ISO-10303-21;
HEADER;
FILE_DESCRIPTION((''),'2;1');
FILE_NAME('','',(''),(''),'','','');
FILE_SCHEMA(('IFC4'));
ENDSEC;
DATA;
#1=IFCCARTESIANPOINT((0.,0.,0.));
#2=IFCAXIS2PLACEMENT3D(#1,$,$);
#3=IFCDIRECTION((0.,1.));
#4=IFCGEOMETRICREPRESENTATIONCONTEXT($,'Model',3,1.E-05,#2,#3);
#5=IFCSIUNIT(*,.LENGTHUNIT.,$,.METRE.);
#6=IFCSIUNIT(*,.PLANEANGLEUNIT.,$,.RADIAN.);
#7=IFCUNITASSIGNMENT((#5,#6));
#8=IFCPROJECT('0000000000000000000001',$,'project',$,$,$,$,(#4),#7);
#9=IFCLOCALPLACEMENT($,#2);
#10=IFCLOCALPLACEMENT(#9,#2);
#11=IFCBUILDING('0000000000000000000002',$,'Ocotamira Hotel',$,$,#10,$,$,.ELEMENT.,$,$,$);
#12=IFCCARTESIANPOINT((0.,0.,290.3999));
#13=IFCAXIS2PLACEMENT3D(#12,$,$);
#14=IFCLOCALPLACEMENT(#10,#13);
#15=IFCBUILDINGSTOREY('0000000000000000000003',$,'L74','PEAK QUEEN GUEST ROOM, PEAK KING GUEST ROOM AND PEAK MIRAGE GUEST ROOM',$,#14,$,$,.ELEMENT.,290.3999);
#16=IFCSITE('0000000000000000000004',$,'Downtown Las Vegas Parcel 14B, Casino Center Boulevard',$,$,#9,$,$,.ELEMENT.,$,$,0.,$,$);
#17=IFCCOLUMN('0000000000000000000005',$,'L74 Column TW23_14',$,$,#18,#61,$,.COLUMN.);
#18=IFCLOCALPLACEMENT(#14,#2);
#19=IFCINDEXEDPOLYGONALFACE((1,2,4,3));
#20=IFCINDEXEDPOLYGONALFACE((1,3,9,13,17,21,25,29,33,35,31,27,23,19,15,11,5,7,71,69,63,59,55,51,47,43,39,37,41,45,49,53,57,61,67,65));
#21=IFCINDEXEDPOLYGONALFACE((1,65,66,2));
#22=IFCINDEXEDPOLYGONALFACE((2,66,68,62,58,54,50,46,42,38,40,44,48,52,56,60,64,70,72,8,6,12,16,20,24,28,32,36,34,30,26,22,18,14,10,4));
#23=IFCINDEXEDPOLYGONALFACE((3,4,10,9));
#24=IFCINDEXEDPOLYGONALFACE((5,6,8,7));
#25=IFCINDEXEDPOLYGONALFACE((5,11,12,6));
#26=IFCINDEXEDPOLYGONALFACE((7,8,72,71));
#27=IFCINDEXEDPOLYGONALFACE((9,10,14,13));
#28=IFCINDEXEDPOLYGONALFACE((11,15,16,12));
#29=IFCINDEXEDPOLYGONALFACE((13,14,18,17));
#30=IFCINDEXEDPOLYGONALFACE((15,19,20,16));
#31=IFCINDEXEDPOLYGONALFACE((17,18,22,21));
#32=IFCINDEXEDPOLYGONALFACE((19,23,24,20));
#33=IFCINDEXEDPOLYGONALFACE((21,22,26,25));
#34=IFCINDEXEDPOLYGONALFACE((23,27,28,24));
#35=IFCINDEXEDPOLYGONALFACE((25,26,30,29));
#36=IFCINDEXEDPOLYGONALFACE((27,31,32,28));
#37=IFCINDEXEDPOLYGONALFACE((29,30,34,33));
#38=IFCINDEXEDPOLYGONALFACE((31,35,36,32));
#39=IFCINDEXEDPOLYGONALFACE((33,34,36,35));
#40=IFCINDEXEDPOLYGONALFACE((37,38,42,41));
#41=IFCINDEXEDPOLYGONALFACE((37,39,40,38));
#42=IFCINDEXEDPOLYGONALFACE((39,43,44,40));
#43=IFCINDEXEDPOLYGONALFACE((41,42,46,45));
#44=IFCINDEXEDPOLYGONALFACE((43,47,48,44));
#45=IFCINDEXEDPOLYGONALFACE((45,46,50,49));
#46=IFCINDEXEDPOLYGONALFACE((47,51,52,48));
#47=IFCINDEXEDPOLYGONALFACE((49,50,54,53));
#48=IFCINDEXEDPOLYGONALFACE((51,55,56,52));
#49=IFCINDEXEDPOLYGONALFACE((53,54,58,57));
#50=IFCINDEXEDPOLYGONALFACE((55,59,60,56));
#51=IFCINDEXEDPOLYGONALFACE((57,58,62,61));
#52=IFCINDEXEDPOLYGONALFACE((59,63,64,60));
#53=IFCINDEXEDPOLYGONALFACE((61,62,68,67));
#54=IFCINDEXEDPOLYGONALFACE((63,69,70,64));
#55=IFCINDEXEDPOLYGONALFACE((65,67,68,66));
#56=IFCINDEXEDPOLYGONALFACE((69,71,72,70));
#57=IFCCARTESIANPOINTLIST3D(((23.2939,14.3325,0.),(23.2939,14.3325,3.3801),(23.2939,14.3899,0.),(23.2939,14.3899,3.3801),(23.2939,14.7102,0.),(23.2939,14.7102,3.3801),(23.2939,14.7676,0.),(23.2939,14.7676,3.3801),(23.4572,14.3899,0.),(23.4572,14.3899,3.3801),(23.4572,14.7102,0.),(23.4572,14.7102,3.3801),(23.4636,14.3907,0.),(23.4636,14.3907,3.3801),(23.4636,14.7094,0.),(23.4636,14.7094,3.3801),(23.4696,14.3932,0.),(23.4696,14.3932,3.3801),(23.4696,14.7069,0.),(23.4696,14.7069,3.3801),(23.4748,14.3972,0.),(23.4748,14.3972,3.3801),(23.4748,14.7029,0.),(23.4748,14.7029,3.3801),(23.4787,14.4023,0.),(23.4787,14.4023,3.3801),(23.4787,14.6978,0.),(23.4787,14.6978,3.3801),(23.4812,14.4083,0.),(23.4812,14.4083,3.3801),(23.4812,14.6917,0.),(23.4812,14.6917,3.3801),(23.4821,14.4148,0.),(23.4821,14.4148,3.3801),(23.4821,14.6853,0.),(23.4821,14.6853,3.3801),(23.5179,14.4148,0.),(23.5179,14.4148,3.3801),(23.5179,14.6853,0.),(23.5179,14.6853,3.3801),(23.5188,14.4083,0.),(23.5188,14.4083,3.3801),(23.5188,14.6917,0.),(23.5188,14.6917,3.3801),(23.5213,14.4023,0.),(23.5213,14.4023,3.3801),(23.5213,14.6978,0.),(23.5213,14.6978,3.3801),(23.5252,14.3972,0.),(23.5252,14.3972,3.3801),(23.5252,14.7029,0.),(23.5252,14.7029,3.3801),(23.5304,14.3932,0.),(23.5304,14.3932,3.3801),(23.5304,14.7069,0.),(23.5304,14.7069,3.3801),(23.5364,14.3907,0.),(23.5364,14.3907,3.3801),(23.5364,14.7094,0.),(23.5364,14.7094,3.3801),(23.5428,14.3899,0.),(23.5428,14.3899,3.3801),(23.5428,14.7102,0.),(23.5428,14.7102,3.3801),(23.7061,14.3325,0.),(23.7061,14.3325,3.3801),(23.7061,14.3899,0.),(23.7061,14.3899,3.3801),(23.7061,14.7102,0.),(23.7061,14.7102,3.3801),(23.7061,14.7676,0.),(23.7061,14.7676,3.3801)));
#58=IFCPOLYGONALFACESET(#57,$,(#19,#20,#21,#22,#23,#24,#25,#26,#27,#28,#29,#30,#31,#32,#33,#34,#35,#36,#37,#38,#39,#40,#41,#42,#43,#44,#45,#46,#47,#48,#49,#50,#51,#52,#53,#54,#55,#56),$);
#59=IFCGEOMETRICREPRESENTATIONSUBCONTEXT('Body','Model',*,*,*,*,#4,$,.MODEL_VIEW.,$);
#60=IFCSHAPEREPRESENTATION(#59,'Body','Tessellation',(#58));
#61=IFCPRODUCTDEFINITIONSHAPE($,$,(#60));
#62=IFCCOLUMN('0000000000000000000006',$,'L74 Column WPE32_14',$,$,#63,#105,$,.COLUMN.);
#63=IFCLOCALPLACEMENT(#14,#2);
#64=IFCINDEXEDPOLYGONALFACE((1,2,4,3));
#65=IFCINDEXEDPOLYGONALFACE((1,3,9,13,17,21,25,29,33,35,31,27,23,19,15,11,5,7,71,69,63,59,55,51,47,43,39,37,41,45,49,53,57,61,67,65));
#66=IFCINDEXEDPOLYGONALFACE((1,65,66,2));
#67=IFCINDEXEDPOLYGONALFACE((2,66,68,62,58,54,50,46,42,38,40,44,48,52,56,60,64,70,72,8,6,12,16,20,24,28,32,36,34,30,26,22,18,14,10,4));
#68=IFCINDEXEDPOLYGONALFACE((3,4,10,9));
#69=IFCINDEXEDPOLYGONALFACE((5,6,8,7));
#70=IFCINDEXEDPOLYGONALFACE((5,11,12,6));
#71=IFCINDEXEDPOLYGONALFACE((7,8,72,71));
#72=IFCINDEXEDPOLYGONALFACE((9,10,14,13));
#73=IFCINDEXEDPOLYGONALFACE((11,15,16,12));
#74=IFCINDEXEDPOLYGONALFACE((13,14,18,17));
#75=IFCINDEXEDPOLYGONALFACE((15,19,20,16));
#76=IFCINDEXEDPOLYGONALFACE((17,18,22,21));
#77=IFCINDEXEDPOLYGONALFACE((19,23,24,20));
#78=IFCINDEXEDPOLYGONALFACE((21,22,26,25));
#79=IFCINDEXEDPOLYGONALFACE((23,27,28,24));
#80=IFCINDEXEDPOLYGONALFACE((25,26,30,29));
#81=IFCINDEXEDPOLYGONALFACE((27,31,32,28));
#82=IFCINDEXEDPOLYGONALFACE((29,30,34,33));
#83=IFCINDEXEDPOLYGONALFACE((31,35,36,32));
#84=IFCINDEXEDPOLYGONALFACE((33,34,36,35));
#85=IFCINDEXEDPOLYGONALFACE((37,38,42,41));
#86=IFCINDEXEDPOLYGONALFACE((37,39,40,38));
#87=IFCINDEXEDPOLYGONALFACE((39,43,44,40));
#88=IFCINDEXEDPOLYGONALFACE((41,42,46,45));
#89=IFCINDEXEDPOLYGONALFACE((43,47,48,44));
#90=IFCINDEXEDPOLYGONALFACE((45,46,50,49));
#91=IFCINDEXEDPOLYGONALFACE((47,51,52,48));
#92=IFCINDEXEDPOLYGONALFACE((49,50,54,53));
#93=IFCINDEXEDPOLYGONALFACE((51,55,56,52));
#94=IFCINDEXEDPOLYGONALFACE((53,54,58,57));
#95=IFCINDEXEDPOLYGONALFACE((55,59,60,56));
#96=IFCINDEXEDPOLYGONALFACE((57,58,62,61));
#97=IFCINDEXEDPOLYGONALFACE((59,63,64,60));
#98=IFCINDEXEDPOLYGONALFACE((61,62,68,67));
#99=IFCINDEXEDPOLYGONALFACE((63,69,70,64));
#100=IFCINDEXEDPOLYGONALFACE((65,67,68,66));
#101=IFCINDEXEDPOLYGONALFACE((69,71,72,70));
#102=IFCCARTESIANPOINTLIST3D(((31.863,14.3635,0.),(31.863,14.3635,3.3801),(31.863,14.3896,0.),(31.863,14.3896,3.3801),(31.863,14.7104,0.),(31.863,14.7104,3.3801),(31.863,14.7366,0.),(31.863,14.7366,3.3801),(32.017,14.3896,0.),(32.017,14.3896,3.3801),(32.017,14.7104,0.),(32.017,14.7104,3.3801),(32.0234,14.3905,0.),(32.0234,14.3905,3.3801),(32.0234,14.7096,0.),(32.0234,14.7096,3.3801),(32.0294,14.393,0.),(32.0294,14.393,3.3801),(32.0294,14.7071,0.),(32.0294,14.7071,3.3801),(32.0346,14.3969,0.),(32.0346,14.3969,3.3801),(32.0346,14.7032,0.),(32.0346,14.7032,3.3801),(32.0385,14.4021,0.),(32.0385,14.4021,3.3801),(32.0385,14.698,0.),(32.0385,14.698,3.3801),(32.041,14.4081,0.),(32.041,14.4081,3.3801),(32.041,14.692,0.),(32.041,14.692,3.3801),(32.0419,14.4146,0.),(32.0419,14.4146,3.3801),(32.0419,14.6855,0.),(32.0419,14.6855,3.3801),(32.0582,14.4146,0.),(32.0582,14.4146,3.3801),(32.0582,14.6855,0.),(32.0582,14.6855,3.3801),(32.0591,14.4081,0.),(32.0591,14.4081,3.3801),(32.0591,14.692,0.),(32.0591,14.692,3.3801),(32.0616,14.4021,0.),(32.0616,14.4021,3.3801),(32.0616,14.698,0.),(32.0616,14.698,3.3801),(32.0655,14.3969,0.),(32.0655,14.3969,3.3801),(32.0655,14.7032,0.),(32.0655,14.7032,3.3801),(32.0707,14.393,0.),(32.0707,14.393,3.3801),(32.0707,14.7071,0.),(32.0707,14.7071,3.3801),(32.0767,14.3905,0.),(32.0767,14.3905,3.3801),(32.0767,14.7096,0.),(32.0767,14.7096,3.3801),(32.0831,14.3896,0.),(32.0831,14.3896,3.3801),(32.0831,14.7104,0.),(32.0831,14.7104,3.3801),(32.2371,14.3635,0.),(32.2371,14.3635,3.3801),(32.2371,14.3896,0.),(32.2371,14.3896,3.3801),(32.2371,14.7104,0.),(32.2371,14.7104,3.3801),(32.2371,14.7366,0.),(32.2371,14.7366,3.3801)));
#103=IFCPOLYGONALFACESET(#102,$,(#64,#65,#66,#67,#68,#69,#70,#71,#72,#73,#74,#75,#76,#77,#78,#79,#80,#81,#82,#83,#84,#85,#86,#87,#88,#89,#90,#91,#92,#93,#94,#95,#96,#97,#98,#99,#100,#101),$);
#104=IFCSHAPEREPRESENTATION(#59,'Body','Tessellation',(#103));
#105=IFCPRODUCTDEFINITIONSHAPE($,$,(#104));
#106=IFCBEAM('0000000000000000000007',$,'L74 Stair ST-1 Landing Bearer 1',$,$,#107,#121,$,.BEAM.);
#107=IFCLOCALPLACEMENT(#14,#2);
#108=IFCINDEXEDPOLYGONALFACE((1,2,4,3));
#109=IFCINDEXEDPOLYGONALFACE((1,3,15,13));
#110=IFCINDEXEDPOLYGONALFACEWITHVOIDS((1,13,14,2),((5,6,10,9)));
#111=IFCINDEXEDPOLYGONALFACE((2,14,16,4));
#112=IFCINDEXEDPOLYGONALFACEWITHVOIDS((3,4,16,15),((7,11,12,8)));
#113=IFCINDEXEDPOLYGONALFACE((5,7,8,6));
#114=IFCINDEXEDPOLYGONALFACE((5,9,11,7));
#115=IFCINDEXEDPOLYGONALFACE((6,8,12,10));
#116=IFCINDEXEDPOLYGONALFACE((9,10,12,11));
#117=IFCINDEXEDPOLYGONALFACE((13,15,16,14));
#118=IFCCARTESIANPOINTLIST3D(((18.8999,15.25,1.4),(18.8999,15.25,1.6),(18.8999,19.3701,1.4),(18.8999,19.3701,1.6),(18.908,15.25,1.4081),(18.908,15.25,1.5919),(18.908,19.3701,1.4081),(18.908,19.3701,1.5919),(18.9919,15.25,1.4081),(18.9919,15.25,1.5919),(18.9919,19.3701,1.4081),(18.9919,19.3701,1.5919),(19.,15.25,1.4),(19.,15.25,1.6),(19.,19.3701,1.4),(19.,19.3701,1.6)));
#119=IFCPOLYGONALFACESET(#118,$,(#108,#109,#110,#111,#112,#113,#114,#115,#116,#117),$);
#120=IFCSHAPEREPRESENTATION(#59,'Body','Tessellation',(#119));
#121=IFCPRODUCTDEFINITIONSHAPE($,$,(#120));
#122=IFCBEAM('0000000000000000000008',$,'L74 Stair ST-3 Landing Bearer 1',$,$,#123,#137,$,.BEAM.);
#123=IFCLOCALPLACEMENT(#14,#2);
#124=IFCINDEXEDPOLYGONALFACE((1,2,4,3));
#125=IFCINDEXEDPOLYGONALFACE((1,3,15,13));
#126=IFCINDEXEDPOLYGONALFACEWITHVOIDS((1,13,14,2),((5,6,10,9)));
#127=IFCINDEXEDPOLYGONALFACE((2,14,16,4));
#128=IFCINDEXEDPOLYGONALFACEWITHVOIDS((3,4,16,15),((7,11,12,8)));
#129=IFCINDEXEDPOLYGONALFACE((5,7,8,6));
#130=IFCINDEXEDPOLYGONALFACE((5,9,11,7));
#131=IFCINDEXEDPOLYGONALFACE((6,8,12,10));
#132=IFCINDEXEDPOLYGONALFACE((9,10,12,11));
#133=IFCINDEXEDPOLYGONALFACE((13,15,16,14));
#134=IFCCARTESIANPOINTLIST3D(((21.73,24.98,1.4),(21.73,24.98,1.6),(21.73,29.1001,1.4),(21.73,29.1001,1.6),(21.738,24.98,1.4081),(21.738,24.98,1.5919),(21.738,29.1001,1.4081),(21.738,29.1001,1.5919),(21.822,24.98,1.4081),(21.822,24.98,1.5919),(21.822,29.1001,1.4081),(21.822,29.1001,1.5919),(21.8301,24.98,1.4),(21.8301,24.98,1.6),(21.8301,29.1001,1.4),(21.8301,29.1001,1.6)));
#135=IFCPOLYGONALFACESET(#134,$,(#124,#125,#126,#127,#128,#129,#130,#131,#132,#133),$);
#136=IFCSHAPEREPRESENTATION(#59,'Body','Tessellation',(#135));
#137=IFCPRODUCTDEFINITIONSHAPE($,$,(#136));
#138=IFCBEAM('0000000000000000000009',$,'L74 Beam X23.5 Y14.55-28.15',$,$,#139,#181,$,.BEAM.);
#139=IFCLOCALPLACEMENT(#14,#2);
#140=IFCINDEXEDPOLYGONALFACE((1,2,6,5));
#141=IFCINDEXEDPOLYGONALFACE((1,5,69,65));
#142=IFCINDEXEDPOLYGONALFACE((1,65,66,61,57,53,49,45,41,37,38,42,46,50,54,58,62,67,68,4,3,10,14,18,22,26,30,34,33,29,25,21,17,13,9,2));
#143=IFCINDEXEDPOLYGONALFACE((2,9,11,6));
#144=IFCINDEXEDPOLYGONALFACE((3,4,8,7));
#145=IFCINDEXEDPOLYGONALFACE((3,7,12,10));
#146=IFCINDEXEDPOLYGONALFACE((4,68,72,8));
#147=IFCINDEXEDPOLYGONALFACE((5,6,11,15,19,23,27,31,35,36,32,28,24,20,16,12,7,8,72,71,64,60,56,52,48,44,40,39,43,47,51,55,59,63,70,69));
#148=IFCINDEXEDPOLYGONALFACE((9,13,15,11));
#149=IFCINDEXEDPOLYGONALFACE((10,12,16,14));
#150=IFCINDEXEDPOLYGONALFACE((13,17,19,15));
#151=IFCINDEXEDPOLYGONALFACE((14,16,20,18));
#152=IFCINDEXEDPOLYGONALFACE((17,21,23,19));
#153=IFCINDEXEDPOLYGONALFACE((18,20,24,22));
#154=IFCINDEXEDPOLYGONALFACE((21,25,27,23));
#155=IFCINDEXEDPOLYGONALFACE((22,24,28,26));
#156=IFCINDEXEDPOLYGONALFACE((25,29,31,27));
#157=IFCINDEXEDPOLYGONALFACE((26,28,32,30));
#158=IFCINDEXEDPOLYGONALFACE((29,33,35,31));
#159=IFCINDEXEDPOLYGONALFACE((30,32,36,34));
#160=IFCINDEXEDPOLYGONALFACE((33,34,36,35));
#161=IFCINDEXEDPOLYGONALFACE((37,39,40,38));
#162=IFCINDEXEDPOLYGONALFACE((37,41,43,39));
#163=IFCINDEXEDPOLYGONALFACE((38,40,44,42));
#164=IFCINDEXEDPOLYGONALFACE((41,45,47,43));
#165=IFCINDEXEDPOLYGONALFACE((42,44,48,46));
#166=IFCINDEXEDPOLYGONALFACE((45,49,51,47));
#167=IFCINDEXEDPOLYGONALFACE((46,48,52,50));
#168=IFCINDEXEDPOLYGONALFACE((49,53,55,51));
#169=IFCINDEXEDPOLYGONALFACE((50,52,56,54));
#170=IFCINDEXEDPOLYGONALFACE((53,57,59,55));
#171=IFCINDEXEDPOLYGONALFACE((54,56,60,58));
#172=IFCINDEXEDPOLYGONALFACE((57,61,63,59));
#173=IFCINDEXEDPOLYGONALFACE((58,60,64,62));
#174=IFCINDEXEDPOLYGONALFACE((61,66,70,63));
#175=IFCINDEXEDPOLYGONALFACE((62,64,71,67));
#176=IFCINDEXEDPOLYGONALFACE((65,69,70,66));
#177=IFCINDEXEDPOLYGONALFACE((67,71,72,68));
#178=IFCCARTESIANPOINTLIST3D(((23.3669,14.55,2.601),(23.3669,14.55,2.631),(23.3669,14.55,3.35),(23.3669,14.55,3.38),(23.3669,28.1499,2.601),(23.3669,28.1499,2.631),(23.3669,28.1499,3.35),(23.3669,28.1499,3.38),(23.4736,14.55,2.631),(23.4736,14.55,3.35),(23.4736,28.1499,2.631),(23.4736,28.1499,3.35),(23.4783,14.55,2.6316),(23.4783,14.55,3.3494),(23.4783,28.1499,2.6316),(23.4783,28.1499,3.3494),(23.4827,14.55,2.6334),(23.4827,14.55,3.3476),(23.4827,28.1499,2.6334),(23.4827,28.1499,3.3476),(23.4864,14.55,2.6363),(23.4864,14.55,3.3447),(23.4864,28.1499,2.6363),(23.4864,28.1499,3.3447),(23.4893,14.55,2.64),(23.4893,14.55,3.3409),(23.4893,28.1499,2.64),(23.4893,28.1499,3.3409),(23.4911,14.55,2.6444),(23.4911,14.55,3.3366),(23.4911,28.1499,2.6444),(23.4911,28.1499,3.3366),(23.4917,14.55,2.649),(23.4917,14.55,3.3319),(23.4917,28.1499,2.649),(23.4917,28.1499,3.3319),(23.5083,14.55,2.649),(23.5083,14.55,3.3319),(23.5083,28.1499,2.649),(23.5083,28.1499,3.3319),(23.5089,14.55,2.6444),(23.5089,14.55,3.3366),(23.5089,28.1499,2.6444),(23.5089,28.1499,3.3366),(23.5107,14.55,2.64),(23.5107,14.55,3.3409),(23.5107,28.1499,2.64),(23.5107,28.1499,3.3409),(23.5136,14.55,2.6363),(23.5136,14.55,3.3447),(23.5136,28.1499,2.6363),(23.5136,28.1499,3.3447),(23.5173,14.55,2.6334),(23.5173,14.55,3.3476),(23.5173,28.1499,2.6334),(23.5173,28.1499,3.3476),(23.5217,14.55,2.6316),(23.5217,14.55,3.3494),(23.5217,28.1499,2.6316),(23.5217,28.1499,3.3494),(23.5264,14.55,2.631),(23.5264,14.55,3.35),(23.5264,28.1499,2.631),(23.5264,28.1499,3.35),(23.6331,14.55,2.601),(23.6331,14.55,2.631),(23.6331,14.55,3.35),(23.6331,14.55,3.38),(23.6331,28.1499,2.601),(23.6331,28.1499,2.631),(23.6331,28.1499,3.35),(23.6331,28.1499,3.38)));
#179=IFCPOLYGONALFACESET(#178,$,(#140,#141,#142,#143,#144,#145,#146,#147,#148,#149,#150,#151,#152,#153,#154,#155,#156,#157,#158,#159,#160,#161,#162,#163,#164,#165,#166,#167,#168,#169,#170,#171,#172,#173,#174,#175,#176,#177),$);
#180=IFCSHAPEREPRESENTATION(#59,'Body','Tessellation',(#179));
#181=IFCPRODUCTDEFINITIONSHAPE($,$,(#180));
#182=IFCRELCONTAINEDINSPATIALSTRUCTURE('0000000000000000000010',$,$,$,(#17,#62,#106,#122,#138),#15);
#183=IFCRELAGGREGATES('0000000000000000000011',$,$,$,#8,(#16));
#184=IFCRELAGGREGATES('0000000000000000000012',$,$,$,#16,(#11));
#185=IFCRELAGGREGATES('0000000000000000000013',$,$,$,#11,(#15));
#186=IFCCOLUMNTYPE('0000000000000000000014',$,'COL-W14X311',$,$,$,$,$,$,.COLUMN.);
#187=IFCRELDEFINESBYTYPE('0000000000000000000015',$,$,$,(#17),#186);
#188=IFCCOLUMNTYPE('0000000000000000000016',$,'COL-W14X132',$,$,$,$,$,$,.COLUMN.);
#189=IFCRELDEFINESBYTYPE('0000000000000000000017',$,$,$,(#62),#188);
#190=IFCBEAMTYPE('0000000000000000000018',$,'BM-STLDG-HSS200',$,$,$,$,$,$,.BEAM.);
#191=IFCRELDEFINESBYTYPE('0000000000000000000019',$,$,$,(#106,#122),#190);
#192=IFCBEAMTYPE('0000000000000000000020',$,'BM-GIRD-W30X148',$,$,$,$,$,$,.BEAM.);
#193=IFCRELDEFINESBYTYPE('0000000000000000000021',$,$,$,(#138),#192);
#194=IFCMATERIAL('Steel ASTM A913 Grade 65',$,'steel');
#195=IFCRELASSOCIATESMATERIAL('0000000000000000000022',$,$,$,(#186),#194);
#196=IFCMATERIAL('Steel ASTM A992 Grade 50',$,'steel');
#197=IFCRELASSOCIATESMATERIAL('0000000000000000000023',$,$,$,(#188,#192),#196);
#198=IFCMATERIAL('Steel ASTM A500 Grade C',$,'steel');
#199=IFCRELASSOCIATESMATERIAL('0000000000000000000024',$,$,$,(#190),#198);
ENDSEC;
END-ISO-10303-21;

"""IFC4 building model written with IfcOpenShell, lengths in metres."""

from ifc_helpers import new_model, si_unit, direction, frame, origin, origin_2d, place, context, subcontext, project, spatial, hollow_rectangle, i_section, extrude, source, transform, mapped, material, material_profile, profile_set, type_object, element, save


model = new_model("IFC4")

# Units and contexts
model_context = context("Model", 3, precision=1e-05, world=origin(), true_north=direction((0.0, 1.0)))
body_context = subcontext(model_context, "Body", "Model", "MODEL_VIEW")
ifc_project = project(units=[si_unit("LENGTHUNIT", "METRE"), si_unit("PLANEANGLEUNIT", "RADIAN")], contexts=[model_context])

# Site, building, storey
site_placement = place(None, origin())
site = spatial("IfcSite", under=ifc_project, at=site_placement, Name="Downtown Las Vegas Parcel 14B, Casino Center Boulevard", CompositionType="ELEMENT", RefElevation=0.0)
building_placement = place(site_placement, origin())
building = spatial("IfcBuilding", under=site, at=building_placement, Name="Ocotamira Hotel", CompositionType="ELEMENT")
storey_placement = place(building_placement, frame((0.0, 0.0, 290.3999)))
storey = spatial("IfcBuildingStorey", under=building, at=storey_placement, Name="L74", Description="PEAK QUEEN GUEST ROOM, PEAK KING GUEST ROOM AND PEAK MIRAGE GUEST ROOM", CompositionType="ELEMENT", Elevation=290.3999)

# Columns
ifc_material_1 = material(Name="Steel ASTM A913 Grade 65", Category="steel")
ifc_material_profile_1 = material_profile(ifc_material_1, i_section(OverallWidth=0.4121, OverallDepth=0.4351, WebThickness=0.0359, FlangeThickness=0.0574, FilletRadius=0.0249, at=origin_2d()), Name="W14X311")
ifc_profile_set_1 = profile_set([ifc_material_profile_1], Name="Steel ASTM A913 Grade 65")
column_type_1 = type_object("IfcColumnType", Name="COL-W14X311", PredefinedType="COLUMN", material=ifc_profile_set_1)
shared_shape_1 = source(origin(), body_context, "Body", "SweptSolid", [
    extrude(i_section(OverallWidth=0.4121, OverallDepth=0.4351, WebThickness=0.0359, FlangeThickness=0.0574, FilletRadius=0.0249, at=origin_2d()), origin(), (0.0, 0.0, 1.0), 3.3801),
])
column_1_placement = place(storey_placement, frame((23.5, 14.55, 0.0), z_axis=(0.0, 0.0, 1.0), x_axis=(1.0, 0.0, 0.0)))
element("IfcColumn", 1, at=column_1_placement, inside=storey, type_object=column_type_1, Name="L74 Column TW23_14", PredefinedType="COLUMN", context=body_context, shape_type="MappedRepresentation", body=[
    mapped(shared_shape_1, transform((0.0, 0.0, 0.0), scale=1.0)),
])
ifc_material_2 = material(Name="Steel ASTM A992 Grade 50", Category="steel")
ifc_material_profile_2 = material_profile(ifc_material_2, i_section(OverallWidth=0.374, OverallDepth=0.373, WebThickness=0.0164, FlangeThickness=0.0261, FilletRadius=0.0249, at=origin_2d()), Name="W14X132")
ifc_profile_set_2 = profile_set([ifc_material_profile_2], Name="Steel ASTM A992 Grade 50")
column_type_2 = type_object("IfcColumnType", Name="COL-W14X132", PredefinedType="COLUMN", material=ifc_profile_set_2)
shared_shape_2 = source(origin(), body_context, "Body", "SweptSolid", [
    extrude(i_section(OverallWidth=0.374, OverallDepth=0.373, WebThickness=0.0164, FlangeThickness=0.0261, FilletRadius=0.0249, at=origin_2d()), origin(), (0.0, 0.0, 1.0), 3.3801),
])
column_2_placement = place(storey_placement, frame((32.05, 14.55, 0.0), z_axis=(0.0, 0.0, 1.0), x_axis=(1.0, 0.0, 0.0)))
element("IfcColumn", 2, at=column_2_placement, inside=storey, type_object=column_type_2, Name="L74 Column WPE32_14", PredefinedType="COLUMN", context=body_context, shape_type="MappedRepresentation", body=[
    mapped(shared_shape_2, transform((0.0, 0.0, 0.0), scale=1.0)),
])

# Beams
ifc_material_3 = material(Name="Steel ASTM A500 Grade C", Category="steel")
ifc_material_profile_3 = material_profile(ifc_material_3, hollow_rectangle(XDim=0.1001, YDim=0.2, WallThickness=0.0081, at=origin_2d()), Name="HSS200X100X8")
ifc_profile_set_3 = profile_set([ifc_material_profile_3], Name="Steel ASTM A500 Grade C")
beam_type_1 = type_object("IfcBeamType", Name="BM-STLDG-HSS200", PredefinedType="BEAM", material=ifc_profile_set_3)
shared_shape_3 = source(origin(), body_context, "Body", "SweptSolid", [
    extrude(hollow_rectangle(XDim=0.1001, YDim=0.2, WallThickness=0.0081, at=origin_2d()), origin(), (0.0, 0.0, 1.0), 4.1201),
])
for number, where, z_axis, x_axis, name in (
    (3, (18.95, 15.25, 1.5), (0.0, 1.0, 0.0), (-1.0, 0.0, 0.0), "L74 Stair ST-1 Landing Bearer 1"),
    (4, (21.78, 24.98, 1.5), (0.0, 1.0, 0.0), (-1.0, 0.0, 0.0), "L74 Stair ST-3 Landing Bearer 1"),
):
    element("IfcBeam", number, at=place(storey_placement, frame(where, z_axis=z_axis, x_axis=x_axis)), inside=storey, type_object=beam_type_1, Name=name, PredefinedType="BEAM", context=body_context, shape_type="MappedRepresentation", body=[
        mapped(shared_shape_3, transform((0.0, 0.0, 0.0), scale=1.0)),
    ])
ifc_material_profile_4 = material_profile(ifc_material_2, i_section(OverallWidth=0.2661, OverallDepth=0.7791, WebThickness=0.0166, FlangeThickness=0.03, FilletRadius=0.0181, at=origin_2d()), Name="W30X148")
ifc_profile_set_4 = profile_set([ifc_material_profile_4], Name="Steel ASTM A992 Grade 50")
beam_type_2 = type_object("IfcBeamType", Name="BM-GIRD-W30X148", PredefinedType="BEAM", material=ifc_profile_set_4)
shared_shape_4 = source(origin(), body_context, "Body", "SweptSolid", [
    extrude(i_section(OverallWidth=0.2661, OverallDepth=0.7791, WebThickness=0.0166, FlangeThickness=0.03, FilletRadius=0.0181, at=origin_2d()), origin(), (0.0, 0.0, 1.0), 13.5999),
])
beam_1_placement = place(storey_placement, frame((23.5, 14.55, 2.9905), z_axis=(0.0, 1.0, 0.0), x_axis=(-1.0, 0.0, 0.0)))
element("IfcBeam", 5, at=beam_1_placement, inside=storey, type_object=beam_type_2, Name="L74 Beam X23.5 Y14.55-28.15", PredefinedType="BEAM", context=body_context, shape_type="MappedRepresentation", body=[
    mapped(shared_shape_4, transform((0.0, 0.0, 0.0), scale=1.0)),
])

save(model, "model.ifc")
